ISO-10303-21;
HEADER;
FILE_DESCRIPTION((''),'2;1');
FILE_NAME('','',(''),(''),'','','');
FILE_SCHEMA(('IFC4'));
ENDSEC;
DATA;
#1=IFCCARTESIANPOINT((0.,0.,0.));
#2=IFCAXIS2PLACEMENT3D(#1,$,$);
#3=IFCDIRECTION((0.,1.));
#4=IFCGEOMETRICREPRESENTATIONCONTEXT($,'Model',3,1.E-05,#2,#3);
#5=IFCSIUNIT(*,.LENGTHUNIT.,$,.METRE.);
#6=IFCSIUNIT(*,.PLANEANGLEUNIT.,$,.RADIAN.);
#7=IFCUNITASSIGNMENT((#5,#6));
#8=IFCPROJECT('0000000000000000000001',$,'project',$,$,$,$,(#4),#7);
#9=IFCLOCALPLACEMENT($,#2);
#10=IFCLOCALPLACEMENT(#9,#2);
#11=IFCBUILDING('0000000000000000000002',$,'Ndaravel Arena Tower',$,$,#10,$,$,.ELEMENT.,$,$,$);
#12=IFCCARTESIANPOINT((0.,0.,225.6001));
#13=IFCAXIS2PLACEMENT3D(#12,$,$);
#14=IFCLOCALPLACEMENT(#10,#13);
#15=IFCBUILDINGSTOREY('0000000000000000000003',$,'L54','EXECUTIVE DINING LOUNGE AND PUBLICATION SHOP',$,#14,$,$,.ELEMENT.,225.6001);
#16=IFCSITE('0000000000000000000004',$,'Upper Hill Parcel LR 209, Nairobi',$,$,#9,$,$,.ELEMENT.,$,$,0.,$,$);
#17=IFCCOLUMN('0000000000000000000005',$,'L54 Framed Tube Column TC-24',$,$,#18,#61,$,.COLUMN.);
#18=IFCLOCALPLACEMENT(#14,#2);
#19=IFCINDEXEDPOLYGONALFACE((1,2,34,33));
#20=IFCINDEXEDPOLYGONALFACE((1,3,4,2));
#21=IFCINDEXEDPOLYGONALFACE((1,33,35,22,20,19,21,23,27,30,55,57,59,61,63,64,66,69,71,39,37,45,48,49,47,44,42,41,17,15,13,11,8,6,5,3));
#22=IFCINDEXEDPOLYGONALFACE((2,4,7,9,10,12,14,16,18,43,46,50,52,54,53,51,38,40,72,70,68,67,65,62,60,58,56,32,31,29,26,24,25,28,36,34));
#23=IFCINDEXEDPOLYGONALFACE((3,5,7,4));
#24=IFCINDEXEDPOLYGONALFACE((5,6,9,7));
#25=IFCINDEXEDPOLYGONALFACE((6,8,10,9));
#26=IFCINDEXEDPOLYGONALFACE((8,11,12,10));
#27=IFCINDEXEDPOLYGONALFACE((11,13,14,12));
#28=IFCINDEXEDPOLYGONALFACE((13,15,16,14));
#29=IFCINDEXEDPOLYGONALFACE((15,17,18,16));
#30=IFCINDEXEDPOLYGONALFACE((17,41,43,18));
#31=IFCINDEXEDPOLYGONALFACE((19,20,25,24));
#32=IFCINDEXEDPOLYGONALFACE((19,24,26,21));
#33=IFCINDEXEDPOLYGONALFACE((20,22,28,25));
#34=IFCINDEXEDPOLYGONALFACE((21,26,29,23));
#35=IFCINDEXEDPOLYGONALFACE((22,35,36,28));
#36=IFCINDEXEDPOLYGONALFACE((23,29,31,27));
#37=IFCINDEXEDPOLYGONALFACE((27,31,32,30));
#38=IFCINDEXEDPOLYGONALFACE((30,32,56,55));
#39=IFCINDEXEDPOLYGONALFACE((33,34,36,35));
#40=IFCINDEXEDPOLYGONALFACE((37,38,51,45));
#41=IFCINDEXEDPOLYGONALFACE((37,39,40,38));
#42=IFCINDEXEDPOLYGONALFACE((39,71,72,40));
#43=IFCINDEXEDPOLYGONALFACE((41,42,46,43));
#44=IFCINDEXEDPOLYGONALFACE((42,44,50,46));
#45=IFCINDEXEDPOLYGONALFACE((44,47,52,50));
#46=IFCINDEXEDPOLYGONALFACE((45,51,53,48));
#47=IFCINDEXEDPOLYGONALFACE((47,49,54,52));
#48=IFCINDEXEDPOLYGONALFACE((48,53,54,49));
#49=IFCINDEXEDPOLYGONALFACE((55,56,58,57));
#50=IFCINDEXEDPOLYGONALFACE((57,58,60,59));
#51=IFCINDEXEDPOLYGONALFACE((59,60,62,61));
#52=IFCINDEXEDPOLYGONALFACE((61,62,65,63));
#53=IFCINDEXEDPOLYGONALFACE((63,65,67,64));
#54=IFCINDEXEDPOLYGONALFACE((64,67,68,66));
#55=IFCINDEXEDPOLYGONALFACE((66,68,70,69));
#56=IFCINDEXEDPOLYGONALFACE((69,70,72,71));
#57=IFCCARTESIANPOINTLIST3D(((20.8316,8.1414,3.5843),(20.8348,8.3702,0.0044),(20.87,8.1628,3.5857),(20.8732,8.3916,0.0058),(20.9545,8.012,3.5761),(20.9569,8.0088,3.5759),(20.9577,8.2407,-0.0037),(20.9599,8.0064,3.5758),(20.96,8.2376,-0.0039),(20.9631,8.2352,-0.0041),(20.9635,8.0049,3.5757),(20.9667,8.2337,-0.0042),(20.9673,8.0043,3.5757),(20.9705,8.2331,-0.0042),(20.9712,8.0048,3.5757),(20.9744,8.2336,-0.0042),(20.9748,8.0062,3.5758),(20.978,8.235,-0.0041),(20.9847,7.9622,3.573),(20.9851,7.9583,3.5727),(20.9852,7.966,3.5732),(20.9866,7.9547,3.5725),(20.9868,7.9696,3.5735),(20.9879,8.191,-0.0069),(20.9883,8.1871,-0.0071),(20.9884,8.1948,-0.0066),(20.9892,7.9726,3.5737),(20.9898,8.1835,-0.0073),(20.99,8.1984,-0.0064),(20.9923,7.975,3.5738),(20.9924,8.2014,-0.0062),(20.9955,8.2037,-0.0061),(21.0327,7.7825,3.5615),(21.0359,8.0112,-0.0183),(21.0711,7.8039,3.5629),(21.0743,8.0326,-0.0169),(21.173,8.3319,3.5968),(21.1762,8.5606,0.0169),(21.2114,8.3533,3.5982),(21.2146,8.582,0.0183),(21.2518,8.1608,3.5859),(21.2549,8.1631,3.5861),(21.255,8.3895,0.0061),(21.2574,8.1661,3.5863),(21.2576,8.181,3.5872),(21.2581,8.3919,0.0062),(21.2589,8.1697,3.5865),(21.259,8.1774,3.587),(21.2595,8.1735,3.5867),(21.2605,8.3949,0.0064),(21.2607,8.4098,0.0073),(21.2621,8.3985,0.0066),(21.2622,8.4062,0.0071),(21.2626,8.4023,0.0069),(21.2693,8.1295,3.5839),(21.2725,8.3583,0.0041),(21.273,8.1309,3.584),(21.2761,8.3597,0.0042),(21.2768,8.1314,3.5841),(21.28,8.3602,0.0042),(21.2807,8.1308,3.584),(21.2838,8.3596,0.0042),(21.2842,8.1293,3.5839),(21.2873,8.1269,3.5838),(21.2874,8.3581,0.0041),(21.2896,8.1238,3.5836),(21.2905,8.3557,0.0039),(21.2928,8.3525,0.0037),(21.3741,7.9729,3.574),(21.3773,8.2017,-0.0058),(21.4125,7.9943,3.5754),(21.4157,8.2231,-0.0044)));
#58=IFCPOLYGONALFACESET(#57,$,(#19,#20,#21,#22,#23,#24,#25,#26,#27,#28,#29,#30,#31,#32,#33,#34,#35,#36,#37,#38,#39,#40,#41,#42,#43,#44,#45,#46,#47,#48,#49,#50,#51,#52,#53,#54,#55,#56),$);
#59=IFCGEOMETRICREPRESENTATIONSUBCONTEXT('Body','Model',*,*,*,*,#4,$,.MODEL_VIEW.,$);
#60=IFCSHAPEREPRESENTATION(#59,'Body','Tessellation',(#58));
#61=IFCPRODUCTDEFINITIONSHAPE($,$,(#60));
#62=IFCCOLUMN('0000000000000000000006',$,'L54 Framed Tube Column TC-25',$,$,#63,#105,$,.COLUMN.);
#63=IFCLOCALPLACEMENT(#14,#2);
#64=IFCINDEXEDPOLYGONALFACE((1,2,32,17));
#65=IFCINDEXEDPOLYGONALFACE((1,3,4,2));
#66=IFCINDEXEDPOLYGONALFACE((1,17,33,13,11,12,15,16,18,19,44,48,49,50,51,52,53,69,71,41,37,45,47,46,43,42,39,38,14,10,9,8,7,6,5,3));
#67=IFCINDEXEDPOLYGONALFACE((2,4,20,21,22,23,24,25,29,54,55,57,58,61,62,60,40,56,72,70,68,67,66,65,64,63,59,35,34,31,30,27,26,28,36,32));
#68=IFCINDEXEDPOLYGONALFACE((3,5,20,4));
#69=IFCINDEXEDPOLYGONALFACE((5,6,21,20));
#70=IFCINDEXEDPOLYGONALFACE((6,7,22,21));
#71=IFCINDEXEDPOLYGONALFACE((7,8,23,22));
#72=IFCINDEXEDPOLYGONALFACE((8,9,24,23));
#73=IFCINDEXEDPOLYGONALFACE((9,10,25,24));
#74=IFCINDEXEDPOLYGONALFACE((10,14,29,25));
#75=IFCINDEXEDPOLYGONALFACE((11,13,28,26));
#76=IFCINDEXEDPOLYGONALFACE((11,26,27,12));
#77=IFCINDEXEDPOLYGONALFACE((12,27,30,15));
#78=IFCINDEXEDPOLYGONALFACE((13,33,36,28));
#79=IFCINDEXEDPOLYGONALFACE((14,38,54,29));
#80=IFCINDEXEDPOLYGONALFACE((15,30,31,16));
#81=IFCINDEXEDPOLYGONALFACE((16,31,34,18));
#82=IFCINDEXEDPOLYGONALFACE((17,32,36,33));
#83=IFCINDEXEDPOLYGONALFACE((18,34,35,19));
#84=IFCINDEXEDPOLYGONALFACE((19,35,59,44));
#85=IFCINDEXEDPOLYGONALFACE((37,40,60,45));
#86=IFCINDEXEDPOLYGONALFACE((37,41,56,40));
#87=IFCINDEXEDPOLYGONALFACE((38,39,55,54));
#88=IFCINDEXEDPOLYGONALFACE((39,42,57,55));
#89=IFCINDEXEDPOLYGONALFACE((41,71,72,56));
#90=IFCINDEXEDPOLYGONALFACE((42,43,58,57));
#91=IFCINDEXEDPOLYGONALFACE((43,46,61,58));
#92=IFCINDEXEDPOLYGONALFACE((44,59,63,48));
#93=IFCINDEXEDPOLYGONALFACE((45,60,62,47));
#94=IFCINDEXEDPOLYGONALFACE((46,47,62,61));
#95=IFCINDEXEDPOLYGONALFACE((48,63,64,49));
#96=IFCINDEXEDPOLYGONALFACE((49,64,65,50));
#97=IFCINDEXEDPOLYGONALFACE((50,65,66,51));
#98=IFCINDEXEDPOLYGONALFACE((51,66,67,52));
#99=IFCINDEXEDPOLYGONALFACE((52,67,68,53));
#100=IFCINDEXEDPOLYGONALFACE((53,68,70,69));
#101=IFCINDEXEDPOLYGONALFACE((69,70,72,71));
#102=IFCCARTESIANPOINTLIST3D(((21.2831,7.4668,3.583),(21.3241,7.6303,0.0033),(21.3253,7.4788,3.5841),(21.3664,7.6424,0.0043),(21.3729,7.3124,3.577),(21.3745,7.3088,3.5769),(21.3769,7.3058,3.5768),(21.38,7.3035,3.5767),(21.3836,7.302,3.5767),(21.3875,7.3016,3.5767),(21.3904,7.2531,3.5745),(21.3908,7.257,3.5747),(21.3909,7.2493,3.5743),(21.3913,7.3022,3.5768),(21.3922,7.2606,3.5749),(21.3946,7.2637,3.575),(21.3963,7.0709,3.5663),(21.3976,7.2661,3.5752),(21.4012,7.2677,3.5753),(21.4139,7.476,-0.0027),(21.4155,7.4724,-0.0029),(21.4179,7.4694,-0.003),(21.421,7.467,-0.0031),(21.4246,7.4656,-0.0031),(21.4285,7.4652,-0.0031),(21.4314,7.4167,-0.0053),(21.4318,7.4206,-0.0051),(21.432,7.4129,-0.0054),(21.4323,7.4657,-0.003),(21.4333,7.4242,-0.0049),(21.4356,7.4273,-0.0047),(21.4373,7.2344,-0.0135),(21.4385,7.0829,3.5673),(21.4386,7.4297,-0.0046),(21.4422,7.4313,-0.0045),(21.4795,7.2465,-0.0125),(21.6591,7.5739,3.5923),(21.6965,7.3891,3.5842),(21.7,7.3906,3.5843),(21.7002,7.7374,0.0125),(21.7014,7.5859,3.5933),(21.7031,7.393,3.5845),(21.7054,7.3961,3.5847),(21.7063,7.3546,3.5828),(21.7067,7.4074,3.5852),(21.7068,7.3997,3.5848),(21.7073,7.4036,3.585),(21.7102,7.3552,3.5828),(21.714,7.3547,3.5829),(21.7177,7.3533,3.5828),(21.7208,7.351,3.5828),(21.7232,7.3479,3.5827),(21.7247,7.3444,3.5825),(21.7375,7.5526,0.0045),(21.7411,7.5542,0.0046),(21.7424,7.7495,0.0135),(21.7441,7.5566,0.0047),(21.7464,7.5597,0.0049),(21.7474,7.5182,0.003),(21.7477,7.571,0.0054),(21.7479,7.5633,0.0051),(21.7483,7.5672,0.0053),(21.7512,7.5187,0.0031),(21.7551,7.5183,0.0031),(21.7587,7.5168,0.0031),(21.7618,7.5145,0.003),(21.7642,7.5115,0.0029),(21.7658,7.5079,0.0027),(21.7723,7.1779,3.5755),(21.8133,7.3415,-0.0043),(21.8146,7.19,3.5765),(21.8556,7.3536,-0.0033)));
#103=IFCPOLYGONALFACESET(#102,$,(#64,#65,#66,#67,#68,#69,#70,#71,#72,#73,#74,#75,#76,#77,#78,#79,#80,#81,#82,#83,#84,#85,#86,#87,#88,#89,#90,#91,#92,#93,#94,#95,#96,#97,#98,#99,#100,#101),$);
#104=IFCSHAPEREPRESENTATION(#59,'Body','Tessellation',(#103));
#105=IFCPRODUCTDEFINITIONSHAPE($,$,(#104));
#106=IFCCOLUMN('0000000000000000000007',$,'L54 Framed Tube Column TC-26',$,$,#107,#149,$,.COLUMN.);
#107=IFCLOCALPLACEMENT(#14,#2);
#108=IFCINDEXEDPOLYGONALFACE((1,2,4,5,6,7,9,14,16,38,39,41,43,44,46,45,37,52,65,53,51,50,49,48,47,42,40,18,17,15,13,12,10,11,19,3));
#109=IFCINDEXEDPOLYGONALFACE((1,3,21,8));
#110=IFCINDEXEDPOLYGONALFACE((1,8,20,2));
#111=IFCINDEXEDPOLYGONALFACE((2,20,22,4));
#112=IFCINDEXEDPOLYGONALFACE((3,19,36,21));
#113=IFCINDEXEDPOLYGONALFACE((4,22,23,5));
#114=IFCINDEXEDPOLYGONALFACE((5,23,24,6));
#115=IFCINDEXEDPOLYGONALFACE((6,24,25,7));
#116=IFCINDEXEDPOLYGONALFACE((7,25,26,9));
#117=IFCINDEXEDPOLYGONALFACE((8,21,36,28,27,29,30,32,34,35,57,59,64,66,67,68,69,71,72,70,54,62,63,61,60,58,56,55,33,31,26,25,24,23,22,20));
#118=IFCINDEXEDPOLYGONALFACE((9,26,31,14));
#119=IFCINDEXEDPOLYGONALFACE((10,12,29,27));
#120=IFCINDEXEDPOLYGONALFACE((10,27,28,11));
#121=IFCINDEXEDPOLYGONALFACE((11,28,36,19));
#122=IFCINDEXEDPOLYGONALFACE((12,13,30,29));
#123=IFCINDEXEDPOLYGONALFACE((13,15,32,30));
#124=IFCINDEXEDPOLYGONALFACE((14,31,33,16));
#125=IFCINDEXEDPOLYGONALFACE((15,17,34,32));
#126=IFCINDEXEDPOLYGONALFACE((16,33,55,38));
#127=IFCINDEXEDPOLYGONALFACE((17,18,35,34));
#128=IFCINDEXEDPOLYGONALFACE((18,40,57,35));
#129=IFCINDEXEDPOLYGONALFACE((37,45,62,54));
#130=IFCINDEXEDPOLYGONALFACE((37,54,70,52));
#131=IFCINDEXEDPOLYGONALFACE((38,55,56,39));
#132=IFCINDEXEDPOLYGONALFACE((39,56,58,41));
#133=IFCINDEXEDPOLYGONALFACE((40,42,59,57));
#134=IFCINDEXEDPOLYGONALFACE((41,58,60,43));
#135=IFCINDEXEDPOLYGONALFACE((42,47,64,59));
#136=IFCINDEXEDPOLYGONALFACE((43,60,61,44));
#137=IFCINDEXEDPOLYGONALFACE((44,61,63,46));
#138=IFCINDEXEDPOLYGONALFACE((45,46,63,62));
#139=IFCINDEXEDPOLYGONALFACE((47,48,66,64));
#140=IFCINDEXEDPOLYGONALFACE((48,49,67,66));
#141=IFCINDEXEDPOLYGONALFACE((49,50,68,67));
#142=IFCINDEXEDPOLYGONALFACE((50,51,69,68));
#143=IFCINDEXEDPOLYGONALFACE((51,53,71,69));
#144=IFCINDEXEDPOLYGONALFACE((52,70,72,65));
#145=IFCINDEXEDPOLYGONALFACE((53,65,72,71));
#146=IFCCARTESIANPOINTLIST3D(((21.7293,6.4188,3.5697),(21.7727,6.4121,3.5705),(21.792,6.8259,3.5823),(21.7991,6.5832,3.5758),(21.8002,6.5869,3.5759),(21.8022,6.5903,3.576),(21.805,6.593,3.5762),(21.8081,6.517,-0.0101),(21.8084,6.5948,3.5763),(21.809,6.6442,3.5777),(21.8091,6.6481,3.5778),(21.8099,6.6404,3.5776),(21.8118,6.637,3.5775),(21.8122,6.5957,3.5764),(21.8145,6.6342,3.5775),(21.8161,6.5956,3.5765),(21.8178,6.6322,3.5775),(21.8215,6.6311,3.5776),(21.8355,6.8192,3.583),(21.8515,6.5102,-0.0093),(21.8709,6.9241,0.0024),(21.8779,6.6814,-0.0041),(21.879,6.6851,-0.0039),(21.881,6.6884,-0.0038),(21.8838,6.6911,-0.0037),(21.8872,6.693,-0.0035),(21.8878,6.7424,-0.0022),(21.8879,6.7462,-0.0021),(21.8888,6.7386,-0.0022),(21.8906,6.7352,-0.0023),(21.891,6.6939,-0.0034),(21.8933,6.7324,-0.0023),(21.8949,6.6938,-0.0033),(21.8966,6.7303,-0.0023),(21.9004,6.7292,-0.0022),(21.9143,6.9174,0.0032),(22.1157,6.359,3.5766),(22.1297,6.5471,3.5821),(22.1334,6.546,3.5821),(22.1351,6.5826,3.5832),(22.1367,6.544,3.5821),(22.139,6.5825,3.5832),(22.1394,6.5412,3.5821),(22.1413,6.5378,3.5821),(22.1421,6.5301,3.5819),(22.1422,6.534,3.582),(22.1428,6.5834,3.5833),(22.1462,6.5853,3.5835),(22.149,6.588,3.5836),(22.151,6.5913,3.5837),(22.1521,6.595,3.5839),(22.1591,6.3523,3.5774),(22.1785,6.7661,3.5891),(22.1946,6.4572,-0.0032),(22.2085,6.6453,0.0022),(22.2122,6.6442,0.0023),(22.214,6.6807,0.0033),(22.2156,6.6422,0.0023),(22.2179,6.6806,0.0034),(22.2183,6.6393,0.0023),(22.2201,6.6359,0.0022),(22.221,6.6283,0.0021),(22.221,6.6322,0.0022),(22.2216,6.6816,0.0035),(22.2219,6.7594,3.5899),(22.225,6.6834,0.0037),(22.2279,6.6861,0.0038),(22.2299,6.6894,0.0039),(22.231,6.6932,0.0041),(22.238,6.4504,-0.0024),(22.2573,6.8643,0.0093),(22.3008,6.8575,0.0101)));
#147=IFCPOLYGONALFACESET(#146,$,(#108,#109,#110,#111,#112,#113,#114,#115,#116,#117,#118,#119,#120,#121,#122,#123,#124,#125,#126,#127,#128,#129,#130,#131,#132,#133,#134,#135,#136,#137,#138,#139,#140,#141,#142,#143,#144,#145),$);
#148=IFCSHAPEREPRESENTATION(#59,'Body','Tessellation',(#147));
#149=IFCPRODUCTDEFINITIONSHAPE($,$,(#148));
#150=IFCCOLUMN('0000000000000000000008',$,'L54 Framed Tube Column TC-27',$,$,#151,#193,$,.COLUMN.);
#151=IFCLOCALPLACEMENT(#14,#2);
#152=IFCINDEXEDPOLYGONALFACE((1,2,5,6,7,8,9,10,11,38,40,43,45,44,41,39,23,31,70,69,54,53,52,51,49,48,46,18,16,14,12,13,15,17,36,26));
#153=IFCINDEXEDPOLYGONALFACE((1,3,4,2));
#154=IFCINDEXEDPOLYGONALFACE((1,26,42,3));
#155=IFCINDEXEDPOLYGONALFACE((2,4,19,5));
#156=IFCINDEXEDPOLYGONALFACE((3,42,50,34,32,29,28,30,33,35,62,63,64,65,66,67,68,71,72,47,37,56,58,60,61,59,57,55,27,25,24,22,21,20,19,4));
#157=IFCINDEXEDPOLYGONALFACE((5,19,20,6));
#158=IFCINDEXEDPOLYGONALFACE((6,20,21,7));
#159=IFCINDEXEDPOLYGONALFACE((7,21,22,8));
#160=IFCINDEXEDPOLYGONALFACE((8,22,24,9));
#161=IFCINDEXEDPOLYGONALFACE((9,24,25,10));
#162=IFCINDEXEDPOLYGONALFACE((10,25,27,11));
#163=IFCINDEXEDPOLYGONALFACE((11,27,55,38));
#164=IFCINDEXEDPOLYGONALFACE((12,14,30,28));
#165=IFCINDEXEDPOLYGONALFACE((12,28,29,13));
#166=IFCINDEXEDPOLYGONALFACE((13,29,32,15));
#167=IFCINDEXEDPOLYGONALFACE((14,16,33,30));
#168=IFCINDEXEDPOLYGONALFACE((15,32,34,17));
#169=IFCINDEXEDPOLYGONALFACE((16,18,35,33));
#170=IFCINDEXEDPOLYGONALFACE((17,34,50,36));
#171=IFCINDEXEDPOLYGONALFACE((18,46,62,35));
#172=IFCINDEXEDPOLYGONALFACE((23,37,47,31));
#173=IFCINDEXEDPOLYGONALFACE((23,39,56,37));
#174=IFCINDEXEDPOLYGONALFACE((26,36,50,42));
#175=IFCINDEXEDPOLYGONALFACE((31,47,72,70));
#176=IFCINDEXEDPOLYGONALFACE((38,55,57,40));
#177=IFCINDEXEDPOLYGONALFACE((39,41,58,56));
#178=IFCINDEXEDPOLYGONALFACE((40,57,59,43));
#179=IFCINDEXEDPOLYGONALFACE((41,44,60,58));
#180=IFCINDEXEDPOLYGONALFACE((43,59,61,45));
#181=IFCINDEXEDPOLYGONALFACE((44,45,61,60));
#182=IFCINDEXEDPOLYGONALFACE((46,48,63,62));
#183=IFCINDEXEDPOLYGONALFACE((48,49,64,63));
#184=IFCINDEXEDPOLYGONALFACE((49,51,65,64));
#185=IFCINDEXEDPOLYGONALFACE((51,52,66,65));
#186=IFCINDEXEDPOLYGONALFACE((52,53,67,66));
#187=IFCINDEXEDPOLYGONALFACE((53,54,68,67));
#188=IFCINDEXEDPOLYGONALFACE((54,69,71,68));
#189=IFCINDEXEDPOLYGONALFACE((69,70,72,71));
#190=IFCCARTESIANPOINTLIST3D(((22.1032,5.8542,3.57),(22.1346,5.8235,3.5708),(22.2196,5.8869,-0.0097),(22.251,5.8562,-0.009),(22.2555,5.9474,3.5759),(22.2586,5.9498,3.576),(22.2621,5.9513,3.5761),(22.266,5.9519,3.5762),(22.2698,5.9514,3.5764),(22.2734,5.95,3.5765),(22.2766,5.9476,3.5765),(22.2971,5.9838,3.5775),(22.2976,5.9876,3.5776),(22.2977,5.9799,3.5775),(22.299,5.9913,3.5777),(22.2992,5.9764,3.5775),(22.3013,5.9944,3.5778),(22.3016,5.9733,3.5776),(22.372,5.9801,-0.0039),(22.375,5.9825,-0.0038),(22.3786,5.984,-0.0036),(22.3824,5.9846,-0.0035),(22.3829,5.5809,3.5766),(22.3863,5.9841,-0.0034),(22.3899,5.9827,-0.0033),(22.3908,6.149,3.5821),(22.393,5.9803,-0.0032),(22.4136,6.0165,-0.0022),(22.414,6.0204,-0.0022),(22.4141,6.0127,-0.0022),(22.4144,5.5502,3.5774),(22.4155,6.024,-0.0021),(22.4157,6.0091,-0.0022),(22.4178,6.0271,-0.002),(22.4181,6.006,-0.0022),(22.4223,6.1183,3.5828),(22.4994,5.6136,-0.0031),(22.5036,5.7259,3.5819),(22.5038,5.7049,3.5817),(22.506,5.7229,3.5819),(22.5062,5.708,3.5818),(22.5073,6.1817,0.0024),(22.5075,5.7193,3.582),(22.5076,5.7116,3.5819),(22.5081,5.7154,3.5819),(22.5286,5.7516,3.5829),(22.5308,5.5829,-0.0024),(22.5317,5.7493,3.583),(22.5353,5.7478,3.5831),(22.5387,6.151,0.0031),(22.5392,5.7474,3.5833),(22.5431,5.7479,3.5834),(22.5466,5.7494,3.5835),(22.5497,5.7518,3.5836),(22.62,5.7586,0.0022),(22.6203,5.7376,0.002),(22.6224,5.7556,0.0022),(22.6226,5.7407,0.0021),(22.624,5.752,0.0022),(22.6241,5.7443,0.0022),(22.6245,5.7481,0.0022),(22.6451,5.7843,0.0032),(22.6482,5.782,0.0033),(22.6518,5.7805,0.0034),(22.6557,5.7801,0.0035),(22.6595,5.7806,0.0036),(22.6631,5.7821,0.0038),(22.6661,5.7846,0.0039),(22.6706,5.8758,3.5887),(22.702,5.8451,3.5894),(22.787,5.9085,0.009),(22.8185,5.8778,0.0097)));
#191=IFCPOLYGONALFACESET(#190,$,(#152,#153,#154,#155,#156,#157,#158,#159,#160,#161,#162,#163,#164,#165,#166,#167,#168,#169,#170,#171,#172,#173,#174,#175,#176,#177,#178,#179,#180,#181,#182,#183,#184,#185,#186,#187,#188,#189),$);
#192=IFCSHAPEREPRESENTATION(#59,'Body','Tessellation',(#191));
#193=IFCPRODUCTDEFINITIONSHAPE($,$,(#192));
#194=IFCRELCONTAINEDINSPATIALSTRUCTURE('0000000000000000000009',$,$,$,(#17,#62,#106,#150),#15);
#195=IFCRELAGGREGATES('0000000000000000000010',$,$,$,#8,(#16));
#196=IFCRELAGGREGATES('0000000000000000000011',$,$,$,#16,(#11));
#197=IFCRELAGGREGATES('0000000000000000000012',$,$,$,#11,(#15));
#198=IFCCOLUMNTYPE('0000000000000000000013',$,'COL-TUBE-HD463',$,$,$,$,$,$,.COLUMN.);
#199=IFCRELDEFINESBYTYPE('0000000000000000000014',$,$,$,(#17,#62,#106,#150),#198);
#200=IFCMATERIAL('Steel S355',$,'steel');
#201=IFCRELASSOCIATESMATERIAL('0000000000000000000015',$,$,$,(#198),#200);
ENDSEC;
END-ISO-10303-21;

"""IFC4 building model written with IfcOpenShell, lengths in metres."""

from ifc_helpers import new_model, si_unit, direction, frame, origin, origin_2d, place, context, subcontext, project, spatial, i_section, extrude, material, material_profile, profile_set, type_object, element, save


model = new_model("IFC4")

# Units and contexts
model_context = context("Model", 3, precision=1e-05, world=origin(), true_north=direction((0.0, 1.0)))
body_context = subcontext(model_context, "Body", "Model", "MODEL_VIEW")
ifc_project = project(units=[si_unit("LENGTHUNIT", "METRE"), si_unit("PLANEANGLEUNIT", "RADIAN")], contexts=[model_context])

# Site, building, storey
site_placement = place(None, origin())
site = spatial("IfcSite", under=ifc_project, at=site_placement, Name="Upper Hill Parcel LR 209, Nairobi", CompositionType="ELEMENT", RefElevation=0.0)
building_placement = place(site_placement, origin())
building = spatial("IfcBuilding", under=site, at=building_placement, Name="Ndaravel Arena Tower", CompositionType="ELEMENT")
storey_placement = place(building_placement, frame((0.0, 0.0, 225.6001)))
storey = spatial("IfcBuildingStorey", under=building, at=storey_placement, Name="L54", Description="EXECUTIVE DINING LOUNGE AND PUBLICATION SHOP", CompositionType="ELEMENT", Elevation=225.6001)

# Columns
ifc_material_1 = material(Name="Steel S355", Category="steel")
ifc_material_profile_1 = material_profile(ifc_material_1, i_section(OverallWidth=0.4121, OverallDepth=0.4351, WebThickness=0.0359, FlangeThickness=0.0439, FilletRadius=0.0149, at=origin_2d()), Name="HD 400x463")
ifc_profile_set_1 = profile_set([ifc_material_profile_1], Name="Steel S355")
column_type = type_object("IfcColumnType", Name="COL-TUBE-HD463", PredefinedType="COLUMN", material=ifc_profile_set_1)
column_1_placement = place(storey_placement, frame((21.1252, 8.2966, 0.0), z_axis=(-0.000885, -0.063772, 0.997964), x_axis=(-0.487962, 0.871115, 0.055234)))
element("IfcColumn", 1, at=column_1_placement, inside=storey, type_object=column_type, Name="L54 Framed Tube Column TC-24", PredefinedType="COLUMN", context=body_context, shape_type="SweptSolid", body=[
    extrude(i_section(OverallWidth=0.4121, OverallDepth=0.4351, WebThickness=0.0359, FlangeThickness=0.0439, FilletRadius=0.0149, at=origin_2d()), origin(), (0.0, 0.0, 1.0), 3.5872),
])
column_2_placement = place(storey_placement, frame((21.5898, 7.4919, 0.0), z_axis=(-0.011445, -0.045643, 0.998892), x_axis=(-0.274587, 0.960698, 0.040751)))
element("IfcColumn", 2, at=column_2_placement, inside=storey, type_object=column_type, Name="L54 Framed Tube Column TC-25", PredefinedType="COLUMN", context=body_context, shape_type="SweptSolid", body=[
    extrude(i_section(OverallWidth=0.4121, OverallDepth=0.4351, WebThickness=0.0359, FlangeThickness=0.0439, FilletRadius=0.0149, at=origin_2d()), origin(), (0.0, 0.0, 1.0), 3.5837),
])
column_3_placement = place(storey_placement, frame((22.0544, 6.6873, 0.0), z_axis=(-0.022015, -0.027399, 0.999382), x_axis=(0.152328, 0.987861, 0.030439)))
element("IfcColumn", 3, at=column_3_placement, inside=storey, type_object=column_type, Name="L54 Framed Tube Column TC-26", PredefinedType="COLUMN", context=body_context, shape_type="SweptSolid", body=[
    extrude(i_section(OverallWidth=0.4121, OverallDepth=0.4351, WebThickness=0.0359, FlangeThickness=0.0439, FilletRadius=0.0149, at=origin_2d()), origin(), (0.0, 0.0, 1.0), 3.582),
])
column_4_placement = place(storey_placement, frame((22.519, 5.8823, 0.0), z_axis=(-0.032512, -0.009133, 0.99943), x_axis=(0.698049, 0.715452, 0.029246)))
element("IfcColumn", 4, at=column_4_placement, inside=storey, type_object=column_type, Name="L54 Framed Tube Column TC-27", PredefinedType="COLUMN", context=body_context, shape_type="SweptSolid", body=[
    extrude(i_section(OverallWidth=0.4121, OverallDepth=0.4351, WebThickness=0.0359, FlangeThickness=0.0439, FilletRadius=0.0149, at=origin_2d()), origin(), (0.0, 0.0, 1.0), 3.5818),
])

save(model, "model.ifc")
